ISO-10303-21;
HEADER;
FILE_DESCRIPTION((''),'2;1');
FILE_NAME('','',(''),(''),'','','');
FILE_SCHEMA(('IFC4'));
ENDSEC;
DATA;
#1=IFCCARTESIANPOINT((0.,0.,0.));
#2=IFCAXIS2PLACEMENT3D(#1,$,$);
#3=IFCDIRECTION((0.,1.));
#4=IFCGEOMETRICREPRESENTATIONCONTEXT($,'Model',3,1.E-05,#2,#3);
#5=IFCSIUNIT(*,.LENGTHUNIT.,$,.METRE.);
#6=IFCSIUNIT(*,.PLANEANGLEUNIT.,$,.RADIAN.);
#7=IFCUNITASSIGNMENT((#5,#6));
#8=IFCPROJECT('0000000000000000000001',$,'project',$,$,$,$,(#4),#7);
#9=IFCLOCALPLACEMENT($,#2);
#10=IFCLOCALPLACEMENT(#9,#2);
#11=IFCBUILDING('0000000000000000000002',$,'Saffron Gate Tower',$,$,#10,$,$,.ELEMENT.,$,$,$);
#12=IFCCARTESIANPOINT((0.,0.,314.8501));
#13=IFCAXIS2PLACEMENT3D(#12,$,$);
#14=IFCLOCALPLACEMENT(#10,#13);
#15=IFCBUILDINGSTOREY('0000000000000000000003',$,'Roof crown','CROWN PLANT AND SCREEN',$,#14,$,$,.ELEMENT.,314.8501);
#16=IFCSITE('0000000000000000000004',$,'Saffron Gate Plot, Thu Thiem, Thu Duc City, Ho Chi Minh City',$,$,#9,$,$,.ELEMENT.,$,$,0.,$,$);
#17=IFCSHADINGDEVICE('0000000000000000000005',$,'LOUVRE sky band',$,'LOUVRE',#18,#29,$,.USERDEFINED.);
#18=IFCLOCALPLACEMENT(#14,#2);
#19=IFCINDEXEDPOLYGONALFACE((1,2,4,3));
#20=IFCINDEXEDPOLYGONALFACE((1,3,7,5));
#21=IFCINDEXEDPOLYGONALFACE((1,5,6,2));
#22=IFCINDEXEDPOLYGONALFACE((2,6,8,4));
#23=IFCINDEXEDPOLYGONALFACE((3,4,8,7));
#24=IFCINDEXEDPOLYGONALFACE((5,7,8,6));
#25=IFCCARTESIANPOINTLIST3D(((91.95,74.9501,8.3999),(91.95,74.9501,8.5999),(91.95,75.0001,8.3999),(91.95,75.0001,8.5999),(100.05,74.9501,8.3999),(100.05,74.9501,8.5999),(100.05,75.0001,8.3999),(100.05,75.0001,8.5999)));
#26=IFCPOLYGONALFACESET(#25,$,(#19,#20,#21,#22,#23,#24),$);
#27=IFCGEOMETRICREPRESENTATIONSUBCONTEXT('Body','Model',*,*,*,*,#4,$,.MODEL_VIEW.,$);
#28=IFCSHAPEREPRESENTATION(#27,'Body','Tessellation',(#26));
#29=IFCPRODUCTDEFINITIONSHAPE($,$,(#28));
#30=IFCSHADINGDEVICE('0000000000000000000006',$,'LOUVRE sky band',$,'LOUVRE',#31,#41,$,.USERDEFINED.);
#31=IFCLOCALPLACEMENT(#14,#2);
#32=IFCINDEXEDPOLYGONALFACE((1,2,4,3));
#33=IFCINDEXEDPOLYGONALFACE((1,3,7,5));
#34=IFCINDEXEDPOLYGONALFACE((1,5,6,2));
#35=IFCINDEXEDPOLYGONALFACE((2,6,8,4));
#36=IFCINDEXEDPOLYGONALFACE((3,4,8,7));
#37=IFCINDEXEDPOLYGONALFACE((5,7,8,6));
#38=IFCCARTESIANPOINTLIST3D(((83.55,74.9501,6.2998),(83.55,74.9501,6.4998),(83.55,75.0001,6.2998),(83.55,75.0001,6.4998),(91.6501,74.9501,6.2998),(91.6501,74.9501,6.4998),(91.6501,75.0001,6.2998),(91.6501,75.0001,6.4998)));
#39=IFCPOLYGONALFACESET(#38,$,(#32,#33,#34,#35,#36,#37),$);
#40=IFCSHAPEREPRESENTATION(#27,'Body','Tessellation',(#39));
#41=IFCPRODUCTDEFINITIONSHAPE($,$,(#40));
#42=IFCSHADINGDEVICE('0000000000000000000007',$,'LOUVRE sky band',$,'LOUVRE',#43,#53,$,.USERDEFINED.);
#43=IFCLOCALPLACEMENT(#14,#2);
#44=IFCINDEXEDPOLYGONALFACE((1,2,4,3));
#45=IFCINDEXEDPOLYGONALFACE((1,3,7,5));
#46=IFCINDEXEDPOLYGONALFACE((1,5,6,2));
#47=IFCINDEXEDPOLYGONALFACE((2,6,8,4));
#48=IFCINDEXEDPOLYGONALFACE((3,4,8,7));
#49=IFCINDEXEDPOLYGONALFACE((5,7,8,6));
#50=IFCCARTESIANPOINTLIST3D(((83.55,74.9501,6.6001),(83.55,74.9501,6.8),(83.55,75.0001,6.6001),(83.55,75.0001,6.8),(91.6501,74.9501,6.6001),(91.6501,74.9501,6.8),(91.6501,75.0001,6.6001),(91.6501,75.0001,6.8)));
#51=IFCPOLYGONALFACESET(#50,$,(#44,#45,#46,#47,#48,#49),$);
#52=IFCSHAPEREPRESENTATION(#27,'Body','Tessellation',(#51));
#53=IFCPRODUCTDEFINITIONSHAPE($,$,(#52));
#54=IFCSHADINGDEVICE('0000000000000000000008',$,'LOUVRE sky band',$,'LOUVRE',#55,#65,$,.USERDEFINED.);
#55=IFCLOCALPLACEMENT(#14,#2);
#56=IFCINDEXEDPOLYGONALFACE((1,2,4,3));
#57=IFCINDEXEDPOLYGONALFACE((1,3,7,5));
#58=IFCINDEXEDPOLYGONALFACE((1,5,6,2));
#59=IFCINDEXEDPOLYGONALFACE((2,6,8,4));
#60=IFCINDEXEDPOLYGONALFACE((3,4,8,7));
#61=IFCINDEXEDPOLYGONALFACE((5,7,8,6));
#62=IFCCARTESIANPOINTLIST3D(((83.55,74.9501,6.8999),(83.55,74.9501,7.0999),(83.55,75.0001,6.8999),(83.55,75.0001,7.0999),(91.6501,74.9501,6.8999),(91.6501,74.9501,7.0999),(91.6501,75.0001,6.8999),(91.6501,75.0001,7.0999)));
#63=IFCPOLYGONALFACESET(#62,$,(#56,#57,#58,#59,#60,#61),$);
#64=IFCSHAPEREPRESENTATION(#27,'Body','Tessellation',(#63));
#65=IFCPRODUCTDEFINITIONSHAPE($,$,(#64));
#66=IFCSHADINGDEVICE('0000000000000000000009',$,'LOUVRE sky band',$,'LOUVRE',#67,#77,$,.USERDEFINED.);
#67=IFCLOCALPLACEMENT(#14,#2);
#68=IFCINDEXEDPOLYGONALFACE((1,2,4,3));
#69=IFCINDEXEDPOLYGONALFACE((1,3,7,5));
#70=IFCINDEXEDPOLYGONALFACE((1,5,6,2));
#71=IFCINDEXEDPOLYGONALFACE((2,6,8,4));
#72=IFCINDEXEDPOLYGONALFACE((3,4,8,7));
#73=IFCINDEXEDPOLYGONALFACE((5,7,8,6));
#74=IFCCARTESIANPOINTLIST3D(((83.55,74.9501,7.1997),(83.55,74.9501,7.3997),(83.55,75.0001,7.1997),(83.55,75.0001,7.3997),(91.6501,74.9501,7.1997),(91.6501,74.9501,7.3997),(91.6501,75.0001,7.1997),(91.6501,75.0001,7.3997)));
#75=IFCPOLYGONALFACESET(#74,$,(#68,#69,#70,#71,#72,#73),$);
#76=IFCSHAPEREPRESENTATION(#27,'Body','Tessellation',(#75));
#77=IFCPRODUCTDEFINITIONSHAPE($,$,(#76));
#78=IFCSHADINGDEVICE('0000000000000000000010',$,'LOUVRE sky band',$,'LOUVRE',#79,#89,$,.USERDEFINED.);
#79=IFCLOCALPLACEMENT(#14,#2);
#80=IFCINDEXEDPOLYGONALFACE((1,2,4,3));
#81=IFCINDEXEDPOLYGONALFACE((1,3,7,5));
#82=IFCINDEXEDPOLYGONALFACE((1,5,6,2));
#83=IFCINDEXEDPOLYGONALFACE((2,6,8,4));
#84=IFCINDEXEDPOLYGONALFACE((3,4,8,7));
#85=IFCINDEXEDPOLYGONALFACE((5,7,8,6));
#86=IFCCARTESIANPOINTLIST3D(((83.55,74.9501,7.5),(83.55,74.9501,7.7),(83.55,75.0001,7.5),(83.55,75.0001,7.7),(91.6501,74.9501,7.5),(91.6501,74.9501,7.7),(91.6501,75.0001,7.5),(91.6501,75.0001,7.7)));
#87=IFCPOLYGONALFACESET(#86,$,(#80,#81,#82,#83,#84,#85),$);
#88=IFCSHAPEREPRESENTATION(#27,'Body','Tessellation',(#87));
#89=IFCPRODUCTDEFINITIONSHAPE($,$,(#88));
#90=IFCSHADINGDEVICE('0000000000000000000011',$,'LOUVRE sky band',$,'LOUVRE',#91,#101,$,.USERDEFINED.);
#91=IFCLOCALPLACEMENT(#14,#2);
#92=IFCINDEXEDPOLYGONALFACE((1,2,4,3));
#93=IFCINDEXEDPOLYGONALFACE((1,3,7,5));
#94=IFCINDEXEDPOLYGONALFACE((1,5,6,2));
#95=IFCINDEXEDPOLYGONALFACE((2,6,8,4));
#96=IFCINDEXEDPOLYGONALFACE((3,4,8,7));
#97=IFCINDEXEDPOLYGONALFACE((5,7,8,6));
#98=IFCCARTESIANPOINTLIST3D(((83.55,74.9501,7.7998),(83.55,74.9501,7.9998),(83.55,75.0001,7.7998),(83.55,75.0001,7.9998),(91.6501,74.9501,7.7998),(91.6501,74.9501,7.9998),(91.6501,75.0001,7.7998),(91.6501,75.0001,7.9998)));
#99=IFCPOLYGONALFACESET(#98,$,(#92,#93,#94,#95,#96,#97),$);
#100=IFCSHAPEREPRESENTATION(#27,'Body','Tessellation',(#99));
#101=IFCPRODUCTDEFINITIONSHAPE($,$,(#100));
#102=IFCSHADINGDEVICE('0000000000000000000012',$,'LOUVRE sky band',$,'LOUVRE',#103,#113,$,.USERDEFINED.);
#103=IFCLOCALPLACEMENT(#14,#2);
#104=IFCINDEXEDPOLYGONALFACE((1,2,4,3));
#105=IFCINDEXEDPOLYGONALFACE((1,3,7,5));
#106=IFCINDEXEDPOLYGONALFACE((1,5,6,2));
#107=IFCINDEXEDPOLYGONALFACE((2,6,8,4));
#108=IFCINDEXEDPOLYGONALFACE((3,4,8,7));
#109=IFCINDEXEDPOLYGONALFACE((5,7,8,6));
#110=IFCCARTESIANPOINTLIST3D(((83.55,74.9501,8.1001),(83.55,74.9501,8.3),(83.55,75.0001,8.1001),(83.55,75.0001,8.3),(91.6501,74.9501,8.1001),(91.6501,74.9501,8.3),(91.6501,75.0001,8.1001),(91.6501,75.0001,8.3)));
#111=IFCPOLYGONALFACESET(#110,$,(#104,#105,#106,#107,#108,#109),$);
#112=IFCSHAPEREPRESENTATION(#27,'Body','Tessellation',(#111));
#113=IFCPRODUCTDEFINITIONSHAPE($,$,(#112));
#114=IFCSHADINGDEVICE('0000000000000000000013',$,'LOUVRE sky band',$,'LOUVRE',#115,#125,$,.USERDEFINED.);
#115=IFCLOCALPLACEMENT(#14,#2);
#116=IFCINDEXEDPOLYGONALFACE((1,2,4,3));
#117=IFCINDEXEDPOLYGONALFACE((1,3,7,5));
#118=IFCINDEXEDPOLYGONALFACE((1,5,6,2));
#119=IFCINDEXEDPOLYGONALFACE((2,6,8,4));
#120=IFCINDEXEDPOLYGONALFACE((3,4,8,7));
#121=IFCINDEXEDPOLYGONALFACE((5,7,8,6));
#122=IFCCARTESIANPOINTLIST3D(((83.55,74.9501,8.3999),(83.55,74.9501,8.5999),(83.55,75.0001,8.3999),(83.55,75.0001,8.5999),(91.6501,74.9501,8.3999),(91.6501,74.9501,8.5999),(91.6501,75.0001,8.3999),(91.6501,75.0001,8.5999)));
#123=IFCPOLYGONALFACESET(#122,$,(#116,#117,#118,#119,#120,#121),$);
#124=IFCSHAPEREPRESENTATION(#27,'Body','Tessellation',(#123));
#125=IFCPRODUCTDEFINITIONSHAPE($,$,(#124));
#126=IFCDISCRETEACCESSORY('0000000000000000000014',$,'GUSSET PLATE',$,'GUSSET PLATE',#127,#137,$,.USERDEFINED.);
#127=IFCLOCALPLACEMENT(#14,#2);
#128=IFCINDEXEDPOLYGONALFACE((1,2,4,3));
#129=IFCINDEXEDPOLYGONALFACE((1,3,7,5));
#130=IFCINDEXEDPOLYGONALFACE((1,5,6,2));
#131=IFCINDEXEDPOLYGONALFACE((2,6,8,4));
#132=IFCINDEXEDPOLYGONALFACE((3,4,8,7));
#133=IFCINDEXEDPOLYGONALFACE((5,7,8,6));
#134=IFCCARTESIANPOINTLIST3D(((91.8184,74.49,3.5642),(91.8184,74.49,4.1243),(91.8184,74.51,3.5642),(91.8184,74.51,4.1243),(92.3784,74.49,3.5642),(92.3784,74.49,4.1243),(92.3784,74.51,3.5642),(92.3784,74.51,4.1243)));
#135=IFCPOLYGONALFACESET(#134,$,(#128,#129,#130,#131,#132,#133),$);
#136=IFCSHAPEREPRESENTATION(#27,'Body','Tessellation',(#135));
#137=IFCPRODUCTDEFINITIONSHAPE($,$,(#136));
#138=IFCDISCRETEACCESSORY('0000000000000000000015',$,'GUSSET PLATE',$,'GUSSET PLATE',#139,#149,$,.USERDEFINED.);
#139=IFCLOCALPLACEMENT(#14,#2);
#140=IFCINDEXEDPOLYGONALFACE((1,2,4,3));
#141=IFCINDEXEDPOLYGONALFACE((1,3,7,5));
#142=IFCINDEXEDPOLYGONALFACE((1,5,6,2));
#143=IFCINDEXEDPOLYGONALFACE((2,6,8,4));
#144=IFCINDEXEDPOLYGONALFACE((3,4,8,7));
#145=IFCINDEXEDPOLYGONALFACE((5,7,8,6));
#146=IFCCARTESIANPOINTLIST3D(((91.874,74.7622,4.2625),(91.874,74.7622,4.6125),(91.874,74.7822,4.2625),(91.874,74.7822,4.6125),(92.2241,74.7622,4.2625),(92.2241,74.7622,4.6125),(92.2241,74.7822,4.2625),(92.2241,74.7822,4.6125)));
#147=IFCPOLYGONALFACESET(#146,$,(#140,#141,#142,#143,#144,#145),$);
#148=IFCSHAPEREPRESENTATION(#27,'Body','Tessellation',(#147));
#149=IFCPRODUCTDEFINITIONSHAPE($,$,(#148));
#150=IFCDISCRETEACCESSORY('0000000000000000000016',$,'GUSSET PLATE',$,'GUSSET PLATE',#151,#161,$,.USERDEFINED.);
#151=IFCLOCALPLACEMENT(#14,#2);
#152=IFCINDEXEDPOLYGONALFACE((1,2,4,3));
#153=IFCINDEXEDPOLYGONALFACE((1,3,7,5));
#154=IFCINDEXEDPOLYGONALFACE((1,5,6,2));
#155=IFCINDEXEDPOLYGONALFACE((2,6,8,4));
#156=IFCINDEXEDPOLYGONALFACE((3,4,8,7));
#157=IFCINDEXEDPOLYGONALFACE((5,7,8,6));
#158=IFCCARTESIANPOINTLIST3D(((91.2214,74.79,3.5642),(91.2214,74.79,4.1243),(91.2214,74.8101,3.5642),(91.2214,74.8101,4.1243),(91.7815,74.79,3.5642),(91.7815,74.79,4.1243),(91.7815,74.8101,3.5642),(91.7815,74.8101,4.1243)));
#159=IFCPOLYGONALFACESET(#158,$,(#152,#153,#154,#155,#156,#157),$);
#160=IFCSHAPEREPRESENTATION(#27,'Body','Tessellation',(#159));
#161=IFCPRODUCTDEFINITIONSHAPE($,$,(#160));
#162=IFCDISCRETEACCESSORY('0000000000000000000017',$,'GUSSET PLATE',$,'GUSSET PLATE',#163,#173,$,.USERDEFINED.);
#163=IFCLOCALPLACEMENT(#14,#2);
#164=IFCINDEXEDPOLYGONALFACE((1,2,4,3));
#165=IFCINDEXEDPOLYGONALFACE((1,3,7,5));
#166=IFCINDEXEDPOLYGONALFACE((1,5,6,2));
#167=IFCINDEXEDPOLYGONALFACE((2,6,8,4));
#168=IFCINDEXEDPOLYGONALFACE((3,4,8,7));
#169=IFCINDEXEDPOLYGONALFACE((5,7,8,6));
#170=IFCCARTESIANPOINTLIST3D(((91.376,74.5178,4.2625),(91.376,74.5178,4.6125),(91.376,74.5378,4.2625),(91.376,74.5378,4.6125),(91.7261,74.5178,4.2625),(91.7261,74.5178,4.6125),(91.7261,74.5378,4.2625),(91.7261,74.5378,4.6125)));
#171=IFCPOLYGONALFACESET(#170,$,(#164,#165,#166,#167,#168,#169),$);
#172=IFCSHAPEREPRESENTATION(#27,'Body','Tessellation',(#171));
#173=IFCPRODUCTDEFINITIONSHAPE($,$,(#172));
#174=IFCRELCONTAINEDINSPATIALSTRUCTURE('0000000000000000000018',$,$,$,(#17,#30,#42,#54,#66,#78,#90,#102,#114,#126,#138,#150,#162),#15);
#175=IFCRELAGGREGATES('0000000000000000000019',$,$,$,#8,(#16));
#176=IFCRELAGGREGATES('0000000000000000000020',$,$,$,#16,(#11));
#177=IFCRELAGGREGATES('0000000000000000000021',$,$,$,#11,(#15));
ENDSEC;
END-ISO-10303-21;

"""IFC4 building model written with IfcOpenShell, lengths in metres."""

from ifc_helpers import new_model, si_unit, direction, frame, origin, origin_2d, place, context, subcontext, project, spatial, rectangle, extrude, element, save


model = new_model("IFC4")

# Units and contexts
model_context = context("Model", 3, precision=1e-05, world=origin(), true_north=direction((0.0, 1.0)))
body_context = subcontext(model_context, "Body", "Model", "MODEL_VIEW")
ifc_project = project(units=[si_unit("LENGTHUNIT", "METRE"), si_unit("PLANEANGLEUNIT", "RADIAN")], contexts=[model_context])

# Site, building, storey
site_placement = place(None, origin())
site = spatial("IfcSite", under=ifc_project, at=site_placement, Name="Saffron Gate Plot, Thu Thiem, Thu Duc City, Ho Chi Minh City", CompositionType="ELEMENT", RefElevation=0.0)
building_placement = place(site_placement, origin())
building = spatial("IfcBuilding", under=site, at=building_placement, Name="Saffron Gate Tower", CompositionType="ELEMENT")
storey_placement = place(building_placement, frame((0.0, 0.0, 314.8501)))
storey = spatial("IfcBuildingStorey", under=building, at=storey_placement, Name="Roof crown", Description="CROWN PLANT AND SCREEN", CompositionType="ELEMENT", Elevation=314.8501)

# Shading devices
for number, where, z_axis, x_axis, name in (
    (1, (96.0, 74.9751, 8.3999), (0.0, 0.0, 1.0), (-1.0, 0.0, 0.0), "LOUVRE sky band"),
    (2, (87.6001, 74.9751, 6.2998), (0.0, 0.0, 1.0), (-1.0, 0.0, 0.0), "LOUVRE sky band"),
    (3, (87.6001, 74.9751, 6.6001), (0.0, 0.0, 1.0), (-1.0, 0.0, 0.0), "LOUVRE sky band"),
    (4, (87.6001, 74.9751, 6.8999), (0.0, 0.0, 1.0), (-1.0, 0.0, 0.0), "LOUVRE sky band"),
    (5, (87.6001, 74.9751, 7.1997), (0.0, 0.0, 1.0), (-1.0, 0.0, 0.0), "LOUVRE sky band"),
    (6, (87.6001, 74.9751, 7.5), (0.0, 0.0, 1.0), (-1.0, 0.0, 0.0), "LOUVRE sky band"),
    (7, (87.6001, 74.9751, 7.7998), (0.0, 0.0, 1.0), (-1.0, 0.0, 0.0), "LOUVRE sky band"),
    (8, (87.6001, 74.9751, 8.1001), (0.0, 0.0, 1.0), (-1.0, 0.0, 0.0), "LOUVRE sky band"),
    (9, (87.6001, 74.9751, 8.3999), (0.0, 0.0, 1.0), (-1.0, 0.0, 0.0), "LOUVRE sky band"),
):
    element("IfcShadingDevice", number, at=place(storey_placement, frame(where, z_axis=z_axis, x_axis=x_axis)), inside=storey, Name=name, ObjectType="LOUVRE", PredefinedType="USERDEFINED", context=body_context, shape_type="SweptSolid", body=[
        extrude(rectangle(XDim=8.1001, YDim=0.05, at=origin_2d()), origin(), (0.0, 0.0, 1.0), 0.2),
    ])

# Discrete accessories
discrete_accessory_1_placement = place(storey_placement, frame((92.0984, 74.5, 3.5642), z_axis=(0.0, 0.0, 1.0), x_axis=(-1.0, 0.0, 0.0)))
element("IfcDiscreteAccessory", 10, at=discrete_accessory_1_placement, inside=storey, Name="GUSSET PLATE", ObjectType="GUSSET PLATE", PredefinedType="USERDEFINED", context=body_context, shape_type="SweptSolid", body=[
    extrude(rectangle(XDim=0.5601, YDim=0.02, at=origin_2d()), origin(), (0.0, 0.0, 1.0), 0.5601),
])
discrete_accessory_2_placement = place(storey_placement, frame((92.0491, 74.7722, 4.2625), z_axis=(0.0, 0.0, 1.0), x_axis=(1.0, 0.0, 0.0)))
element("IfcDiscreteAccessory", 11, at=discrete_accessory_2_placement, inside=storey, Name="GUSSET PLATE", ObjectType="GUSSET PLATE", PredefinedType="USERDEFINED", context=body_context, shape_type="SweptSolid", body=[
    extrude(rectangle(XDim=0.3501, YDim=0.02, at=origin_2d()), origin(), (0.0, 0.0, 1.0), 0.3501),
])
discrete_accessory_3_placement = place(storey_placement, frame((91.5015, 74.8, 3.5642), z_axis=(0.0, 0.0, 1.0), x_axis=(1.0, 0.0, 0.0)))
element("IfcDiscreteAccessory", 12, at=discrete_accessory_3_placement, inside=storey, Name="GUSSET PLATE", ObjectType="GUSSET PLATE", PredefinedType="USERDEFINED", context=body_context, shape_type="SweptSolid", body=[
    extrude(rectangle(XDim=0.5601, YDim=0.02, at=origin_2d()), origin(), (0.0, 0.0, 1.0), 0.5601),
])
discrete_accessory_4_placement = place(storey_placement, frame((91.551, 74.5278, 4.2625), z_axis=(0.0, 0.0, 1.0), x_axis=(-1.0, 0.0, 0.0)))
element("IfcDiscreteAccessory", 13, at=discrete_accessory_4_placement, inside=storey, Name="GUSSET PLATE", ObjectType="GUSSET PLATE", PredefinedType="USERDEFINED", context=body_context, shape_type="SweptSolid", body=[
    extrude(rectangle(XDim=0.3501, YDim=0.02, at=origin_2d()), origin(), (0.0, 0.0, 1.0), 0.3501),
])

save(model, "model.ifc")
